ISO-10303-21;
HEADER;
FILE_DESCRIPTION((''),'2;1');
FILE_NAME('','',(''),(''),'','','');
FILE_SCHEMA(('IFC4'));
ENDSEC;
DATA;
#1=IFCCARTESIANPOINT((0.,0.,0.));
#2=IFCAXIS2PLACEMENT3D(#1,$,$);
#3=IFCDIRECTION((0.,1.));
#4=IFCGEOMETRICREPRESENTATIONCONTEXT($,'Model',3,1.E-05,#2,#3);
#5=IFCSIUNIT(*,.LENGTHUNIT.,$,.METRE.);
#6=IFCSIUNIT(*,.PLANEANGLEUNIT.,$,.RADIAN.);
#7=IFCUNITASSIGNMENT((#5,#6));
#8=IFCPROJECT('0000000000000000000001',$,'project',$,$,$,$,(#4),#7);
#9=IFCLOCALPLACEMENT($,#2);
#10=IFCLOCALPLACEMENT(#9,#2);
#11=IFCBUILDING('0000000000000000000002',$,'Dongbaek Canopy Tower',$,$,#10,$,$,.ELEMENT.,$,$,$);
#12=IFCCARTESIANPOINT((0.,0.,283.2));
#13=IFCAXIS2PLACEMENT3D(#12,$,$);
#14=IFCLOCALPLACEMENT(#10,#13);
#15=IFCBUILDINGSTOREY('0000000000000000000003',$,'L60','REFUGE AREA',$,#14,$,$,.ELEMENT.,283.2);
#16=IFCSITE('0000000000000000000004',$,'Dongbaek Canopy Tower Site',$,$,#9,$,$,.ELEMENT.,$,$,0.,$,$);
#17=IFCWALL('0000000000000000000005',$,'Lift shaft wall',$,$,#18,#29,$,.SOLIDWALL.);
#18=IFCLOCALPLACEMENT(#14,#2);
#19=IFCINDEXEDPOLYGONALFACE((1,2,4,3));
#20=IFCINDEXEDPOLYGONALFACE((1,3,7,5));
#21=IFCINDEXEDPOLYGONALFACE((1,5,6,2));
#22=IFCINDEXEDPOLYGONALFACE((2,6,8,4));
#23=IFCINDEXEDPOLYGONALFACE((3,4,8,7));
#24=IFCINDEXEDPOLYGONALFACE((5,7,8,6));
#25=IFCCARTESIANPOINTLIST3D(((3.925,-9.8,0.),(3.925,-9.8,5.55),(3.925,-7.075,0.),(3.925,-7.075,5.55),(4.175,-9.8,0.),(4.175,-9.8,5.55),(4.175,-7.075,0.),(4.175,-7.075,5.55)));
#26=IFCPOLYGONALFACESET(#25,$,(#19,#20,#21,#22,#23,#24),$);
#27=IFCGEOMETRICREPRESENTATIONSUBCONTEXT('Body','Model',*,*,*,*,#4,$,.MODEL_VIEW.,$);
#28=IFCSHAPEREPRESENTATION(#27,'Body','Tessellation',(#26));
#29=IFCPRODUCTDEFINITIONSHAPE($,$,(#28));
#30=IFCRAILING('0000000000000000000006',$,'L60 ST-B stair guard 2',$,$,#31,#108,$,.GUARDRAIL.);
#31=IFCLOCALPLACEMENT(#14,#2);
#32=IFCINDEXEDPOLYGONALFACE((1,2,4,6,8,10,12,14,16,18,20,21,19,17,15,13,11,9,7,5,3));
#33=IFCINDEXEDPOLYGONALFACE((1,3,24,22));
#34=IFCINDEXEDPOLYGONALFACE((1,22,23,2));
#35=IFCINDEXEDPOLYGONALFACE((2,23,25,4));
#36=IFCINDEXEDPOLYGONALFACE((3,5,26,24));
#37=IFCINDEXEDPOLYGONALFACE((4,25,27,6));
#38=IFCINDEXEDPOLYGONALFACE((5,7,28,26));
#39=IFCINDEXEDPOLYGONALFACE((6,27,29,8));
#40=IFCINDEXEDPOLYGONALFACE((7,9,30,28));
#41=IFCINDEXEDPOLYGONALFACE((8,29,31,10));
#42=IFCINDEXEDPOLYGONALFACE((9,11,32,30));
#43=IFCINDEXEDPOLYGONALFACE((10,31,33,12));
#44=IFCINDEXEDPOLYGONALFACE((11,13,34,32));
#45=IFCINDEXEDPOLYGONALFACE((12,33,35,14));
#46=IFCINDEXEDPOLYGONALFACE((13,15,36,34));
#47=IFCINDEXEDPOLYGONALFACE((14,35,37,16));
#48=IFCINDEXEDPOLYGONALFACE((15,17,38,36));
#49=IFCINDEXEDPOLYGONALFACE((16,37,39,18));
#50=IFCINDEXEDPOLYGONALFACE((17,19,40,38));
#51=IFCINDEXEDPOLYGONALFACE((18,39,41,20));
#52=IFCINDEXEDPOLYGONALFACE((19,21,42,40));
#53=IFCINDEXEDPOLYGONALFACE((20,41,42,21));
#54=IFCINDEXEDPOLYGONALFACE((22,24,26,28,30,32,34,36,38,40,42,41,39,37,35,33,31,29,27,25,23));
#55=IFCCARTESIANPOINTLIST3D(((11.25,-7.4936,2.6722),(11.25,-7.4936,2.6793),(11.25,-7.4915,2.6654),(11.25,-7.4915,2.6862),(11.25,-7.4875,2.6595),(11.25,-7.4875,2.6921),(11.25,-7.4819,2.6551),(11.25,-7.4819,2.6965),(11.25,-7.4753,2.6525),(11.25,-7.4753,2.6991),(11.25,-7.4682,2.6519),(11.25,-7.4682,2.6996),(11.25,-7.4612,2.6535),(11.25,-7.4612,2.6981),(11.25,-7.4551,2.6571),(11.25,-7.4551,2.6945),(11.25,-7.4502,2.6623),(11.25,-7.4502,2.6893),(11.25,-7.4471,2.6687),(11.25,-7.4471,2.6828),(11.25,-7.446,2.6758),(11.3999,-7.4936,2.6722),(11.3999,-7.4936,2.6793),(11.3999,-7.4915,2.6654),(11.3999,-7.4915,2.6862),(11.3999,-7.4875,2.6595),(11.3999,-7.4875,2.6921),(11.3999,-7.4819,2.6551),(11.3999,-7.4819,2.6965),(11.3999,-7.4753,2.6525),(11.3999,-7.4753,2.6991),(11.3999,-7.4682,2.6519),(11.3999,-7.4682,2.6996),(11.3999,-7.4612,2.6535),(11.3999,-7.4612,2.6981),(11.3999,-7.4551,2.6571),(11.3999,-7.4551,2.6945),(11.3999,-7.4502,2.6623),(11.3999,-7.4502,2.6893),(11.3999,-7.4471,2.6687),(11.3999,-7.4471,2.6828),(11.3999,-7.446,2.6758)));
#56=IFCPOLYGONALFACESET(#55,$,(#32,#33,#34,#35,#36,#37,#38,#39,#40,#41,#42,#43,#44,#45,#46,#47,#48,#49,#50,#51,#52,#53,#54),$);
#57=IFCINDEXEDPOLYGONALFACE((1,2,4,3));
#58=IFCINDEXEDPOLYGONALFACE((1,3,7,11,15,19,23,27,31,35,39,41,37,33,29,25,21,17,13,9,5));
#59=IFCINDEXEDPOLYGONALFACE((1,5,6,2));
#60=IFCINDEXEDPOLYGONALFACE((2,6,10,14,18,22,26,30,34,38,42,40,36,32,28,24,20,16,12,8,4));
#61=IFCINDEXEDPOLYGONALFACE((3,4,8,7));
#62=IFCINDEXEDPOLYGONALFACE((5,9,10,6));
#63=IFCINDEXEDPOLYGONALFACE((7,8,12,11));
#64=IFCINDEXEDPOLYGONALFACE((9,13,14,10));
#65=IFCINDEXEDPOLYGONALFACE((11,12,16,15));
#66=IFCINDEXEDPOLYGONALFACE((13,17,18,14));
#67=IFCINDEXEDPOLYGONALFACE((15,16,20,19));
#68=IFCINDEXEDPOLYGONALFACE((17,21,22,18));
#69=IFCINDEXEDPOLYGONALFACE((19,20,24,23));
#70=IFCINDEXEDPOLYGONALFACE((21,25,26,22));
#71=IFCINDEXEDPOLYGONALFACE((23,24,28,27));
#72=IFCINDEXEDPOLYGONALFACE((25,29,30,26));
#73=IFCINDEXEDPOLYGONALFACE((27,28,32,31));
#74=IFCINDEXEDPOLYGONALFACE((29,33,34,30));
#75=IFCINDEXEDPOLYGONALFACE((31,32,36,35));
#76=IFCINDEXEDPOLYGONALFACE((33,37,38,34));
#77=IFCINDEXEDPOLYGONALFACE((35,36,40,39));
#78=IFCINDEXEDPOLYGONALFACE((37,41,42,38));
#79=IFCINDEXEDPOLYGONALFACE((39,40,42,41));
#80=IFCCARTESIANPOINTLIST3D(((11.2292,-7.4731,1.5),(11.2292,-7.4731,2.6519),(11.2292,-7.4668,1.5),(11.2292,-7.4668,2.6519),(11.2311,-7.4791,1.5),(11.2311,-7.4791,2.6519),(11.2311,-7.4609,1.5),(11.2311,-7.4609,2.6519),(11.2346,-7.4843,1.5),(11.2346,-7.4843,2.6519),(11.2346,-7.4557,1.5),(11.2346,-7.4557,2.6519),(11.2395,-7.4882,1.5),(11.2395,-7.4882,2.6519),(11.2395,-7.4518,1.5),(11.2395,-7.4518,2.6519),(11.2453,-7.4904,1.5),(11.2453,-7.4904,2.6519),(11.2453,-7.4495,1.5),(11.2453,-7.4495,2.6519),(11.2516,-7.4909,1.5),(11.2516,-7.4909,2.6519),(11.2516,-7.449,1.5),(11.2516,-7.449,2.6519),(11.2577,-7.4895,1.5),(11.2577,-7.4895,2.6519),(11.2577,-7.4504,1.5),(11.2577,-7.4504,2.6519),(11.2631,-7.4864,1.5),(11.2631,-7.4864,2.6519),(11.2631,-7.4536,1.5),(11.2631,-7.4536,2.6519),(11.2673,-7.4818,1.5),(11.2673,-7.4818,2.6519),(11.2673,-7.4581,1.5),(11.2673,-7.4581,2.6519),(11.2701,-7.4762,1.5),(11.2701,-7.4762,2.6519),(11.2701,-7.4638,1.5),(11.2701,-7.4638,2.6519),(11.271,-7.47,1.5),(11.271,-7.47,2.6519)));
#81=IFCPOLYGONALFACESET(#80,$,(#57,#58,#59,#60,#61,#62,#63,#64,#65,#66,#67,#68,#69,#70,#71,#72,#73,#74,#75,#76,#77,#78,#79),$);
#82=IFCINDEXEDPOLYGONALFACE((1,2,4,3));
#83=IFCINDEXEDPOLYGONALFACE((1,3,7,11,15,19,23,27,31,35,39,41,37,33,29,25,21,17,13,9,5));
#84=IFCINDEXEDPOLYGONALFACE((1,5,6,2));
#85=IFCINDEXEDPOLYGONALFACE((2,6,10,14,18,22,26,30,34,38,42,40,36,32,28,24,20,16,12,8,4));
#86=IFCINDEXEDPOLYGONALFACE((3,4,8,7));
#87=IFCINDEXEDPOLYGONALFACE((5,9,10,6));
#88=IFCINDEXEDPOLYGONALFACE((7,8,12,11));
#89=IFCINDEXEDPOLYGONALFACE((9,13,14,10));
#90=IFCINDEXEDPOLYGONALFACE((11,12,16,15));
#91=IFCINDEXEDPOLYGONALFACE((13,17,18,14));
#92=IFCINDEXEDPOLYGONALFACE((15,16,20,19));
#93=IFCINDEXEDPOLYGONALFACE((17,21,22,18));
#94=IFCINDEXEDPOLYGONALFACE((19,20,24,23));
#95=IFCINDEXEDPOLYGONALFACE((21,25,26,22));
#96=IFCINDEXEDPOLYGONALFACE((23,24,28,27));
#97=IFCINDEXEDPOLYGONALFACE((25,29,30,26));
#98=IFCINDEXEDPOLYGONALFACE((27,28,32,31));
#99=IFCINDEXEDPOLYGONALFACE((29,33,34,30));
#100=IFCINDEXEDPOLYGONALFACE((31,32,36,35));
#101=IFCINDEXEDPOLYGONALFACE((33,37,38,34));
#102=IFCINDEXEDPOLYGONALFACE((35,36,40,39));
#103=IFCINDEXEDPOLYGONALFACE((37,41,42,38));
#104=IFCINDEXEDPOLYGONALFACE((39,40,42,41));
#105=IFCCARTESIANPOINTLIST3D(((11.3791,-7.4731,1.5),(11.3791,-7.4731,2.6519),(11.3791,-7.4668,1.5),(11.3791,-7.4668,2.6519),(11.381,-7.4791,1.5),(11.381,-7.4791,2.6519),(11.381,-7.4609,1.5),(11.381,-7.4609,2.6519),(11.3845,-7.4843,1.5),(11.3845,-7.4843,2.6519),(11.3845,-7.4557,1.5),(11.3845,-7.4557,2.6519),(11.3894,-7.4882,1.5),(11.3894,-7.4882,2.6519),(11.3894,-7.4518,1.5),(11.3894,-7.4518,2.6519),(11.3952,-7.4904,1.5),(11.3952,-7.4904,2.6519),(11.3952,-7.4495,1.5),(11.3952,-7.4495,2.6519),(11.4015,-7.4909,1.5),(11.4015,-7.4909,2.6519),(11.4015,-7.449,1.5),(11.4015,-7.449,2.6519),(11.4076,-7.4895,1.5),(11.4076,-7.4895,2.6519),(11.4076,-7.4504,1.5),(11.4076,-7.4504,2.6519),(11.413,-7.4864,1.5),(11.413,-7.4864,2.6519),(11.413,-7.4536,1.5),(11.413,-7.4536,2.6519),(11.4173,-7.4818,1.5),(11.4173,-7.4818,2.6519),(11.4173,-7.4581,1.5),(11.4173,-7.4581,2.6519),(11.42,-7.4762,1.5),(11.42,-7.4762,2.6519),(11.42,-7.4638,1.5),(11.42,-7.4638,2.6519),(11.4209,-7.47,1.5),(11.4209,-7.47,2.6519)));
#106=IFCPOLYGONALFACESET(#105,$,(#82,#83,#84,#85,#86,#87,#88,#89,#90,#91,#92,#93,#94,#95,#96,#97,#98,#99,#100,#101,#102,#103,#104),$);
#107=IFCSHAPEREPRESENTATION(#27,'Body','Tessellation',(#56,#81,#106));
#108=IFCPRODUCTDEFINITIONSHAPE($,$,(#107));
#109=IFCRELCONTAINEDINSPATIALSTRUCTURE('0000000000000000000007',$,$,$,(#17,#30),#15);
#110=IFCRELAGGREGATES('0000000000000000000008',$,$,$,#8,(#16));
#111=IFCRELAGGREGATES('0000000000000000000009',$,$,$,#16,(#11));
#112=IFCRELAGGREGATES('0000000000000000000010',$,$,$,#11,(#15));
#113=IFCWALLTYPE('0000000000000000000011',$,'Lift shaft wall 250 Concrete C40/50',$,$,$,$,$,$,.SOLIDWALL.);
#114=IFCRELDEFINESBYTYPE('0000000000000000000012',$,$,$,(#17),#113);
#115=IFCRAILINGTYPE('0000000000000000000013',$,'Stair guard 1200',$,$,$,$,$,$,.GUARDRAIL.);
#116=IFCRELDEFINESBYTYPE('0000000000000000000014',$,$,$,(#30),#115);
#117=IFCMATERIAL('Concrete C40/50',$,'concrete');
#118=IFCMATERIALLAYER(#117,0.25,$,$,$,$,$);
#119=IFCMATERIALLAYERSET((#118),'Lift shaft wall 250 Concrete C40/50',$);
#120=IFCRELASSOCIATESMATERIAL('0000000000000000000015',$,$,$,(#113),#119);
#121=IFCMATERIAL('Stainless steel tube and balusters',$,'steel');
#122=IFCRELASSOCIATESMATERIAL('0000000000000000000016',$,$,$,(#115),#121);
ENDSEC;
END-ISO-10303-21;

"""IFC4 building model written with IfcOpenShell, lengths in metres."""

from ifc_helpers import new_model, si_unit, direction, frame, frame_2d, origin, origin_2d, place, context, subcontext, project, spatial, rectangle, circle, extrude, material, layer, layer_set, type_object, element, save


model = new_model("IFC4")

# Units and contexts
model_context = context("Model", 3, precision=1e-05, world=origin(), true_north=direction((0.0, 1.0)))
body_context = subcontext(model_context, "Body", "Model", "MODEL_VIEW")
ifc_project = project(units=[si_unit("LENGTHUNIT", "METRE"), si_unit("PLANEANGLEUNIT", "RADIAN")], contexts=[model_context])

# Site, building, storey
site_placement = place(None, origin())
site = spatial("IfcSite", under=ifc_project, at=site_placement, Name="Dongbaek Canopy Tower Site", CompositionType="ELEMENT", RefElevation=0.0)
building_placement = place(site_placement, origin())
building = spatial("IfcBuilding", under=site, at=building_placement, Name="Dongbaek Canopy Tower", CompositionType="ELEMENT")
storey_placement = place(building_placement, frame((0.0, 0.0, 283.2)))
storey = spatial("IfcBuildingStorey", under=building, at=storey_placement, Name="L60", Description="REFUGE AREA", CompositionType="ELEMENT", Elevation=283.2)

# Wall
ifc_material_1 = material(Name="Concrete C40/50", Category="concrete")
ifc_layer_1 = layer(ifc_material_1, 0.25)
ifc_layer_set_1 = layer_set([ifc_layer_1], Name="Lift shaft wall 250 Concrete C40/50")
wall_type_1 = type_object("IfcWallType", Name="Lift shaft wall 250 Concrete C40/50", PredefinedType="SOLIDWALL", material=ifc_layer_set_1)
for number, where, z_axis, x_axis, name in (
    (1, (4.05, -9.8, 0.0), (0.0, 0.0, 1.0), (0.0, 1.0, 0.0), "Lift shaft wall"),
):
    element("IfcWall", number, at=place(storey_placement, frame(where, z_axis=z_axis, x_axis=x_axis)), inside=storey, type_object=wall_type_1, Name=name, PredefinedType="SOLIDWALL", context=body_context, shape_type="SweptSolid", body=[
        extrude(rectangle(XDim=2.7251, YDim=0.25, at=frame_2d((1.3625, 0.0))), origin(), (0.0, 0.0, 1.0), 5.55),
    ])

# Railing
ifc_material_2 = material(Name="Stainless steel tube and balusters", Category="steel")
railing_type = type_object("IfcRailingType", Name="Stair guard 1200", PredefinedType="GUARDRAIL", material=ifc_material_2)
railing_1_placement = place(storey_placement, frame((11.25, -7.47, 1.5)))
element("IfcRailing", 2, at=railing_1_placement, inside=storey, type_object=railing_type, Name="L60 ST-B stair guard 2", PredefinedType="GUARDRAIL", context=body_context, shape_type="SweptSolid", body=[
    extrude(circle(Radius=0.0239, at=origin_2d()), frame((0.0, 0.0, 1.1758), z_axis=(1.0, 0.0, 0.0), x_axis=(0.0, 1.0, 0.0)), (0.0, 0.0, 1.0), 0.1499),
    extrude(circle(Radius=0.021, at=origin_2d()), origin(), (0.0, 0.0, 1.0), 1.1519),
    extrude(circle(Radius=0.021, at=origin_2d()), frame((0.1499, 0.0, 0.0)), (0.0, 0.0, 1.0), 1.1519),
])

save(model, "model.ifc")
